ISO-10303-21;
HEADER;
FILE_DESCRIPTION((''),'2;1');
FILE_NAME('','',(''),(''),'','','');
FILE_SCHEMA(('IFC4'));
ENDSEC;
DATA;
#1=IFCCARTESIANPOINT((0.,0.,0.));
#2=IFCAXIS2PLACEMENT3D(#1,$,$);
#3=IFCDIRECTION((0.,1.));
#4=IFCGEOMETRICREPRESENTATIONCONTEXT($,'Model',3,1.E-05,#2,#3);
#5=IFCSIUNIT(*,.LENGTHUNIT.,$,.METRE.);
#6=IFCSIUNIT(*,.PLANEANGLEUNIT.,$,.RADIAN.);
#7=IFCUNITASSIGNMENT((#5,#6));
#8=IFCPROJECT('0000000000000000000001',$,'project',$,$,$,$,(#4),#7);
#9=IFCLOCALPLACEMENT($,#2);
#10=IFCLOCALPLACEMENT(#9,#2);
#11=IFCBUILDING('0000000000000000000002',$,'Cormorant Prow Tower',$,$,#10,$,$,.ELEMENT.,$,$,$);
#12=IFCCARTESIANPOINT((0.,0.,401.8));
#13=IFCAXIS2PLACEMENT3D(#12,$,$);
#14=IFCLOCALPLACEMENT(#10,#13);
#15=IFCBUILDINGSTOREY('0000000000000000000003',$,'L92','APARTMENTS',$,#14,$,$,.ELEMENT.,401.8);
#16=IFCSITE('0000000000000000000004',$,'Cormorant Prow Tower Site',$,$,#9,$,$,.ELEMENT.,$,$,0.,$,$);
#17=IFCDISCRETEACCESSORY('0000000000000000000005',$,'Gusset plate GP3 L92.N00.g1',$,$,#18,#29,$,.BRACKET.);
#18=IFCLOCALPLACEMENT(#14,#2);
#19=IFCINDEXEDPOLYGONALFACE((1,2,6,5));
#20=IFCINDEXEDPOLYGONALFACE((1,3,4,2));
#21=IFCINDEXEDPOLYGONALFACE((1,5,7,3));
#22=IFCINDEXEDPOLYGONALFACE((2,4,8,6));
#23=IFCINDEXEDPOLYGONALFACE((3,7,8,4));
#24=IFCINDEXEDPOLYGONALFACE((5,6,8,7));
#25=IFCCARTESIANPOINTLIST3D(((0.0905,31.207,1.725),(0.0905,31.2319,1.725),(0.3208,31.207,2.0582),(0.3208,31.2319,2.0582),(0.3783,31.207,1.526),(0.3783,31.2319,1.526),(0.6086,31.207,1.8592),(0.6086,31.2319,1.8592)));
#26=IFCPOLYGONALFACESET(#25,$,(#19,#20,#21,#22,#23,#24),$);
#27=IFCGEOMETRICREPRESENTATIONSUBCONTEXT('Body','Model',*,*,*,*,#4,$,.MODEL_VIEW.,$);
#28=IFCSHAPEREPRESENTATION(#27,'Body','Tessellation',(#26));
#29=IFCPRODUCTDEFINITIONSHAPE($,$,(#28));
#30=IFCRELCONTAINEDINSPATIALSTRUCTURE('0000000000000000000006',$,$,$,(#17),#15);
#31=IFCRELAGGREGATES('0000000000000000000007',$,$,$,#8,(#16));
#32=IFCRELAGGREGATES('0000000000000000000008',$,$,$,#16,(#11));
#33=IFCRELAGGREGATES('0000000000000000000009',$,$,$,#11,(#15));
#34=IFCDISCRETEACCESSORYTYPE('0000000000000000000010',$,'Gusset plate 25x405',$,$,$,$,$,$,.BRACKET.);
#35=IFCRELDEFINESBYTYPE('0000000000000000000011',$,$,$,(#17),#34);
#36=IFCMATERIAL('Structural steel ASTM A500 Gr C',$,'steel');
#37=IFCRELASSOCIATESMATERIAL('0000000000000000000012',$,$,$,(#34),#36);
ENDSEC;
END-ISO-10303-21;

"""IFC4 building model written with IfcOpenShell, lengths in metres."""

from ifc_helpers import new_model, si_unit, direction, frame, origin, origin_2d, place, context, subcontext, project, spatial, rectangle, extrude, material, material_profile, profile_set, type_object, element, save


model = new_model("IFC4")

# Units and contexts
model_context = context("Model", 3, precision=1e-05, world=origin(), true_north=direction((0.0, 1.0)))
body_context = subcontext(model_context, "Body", "Model", "MODEL_VIEW")
ifc_project = project(units=[si_unit("LENGTHUNIT", "METRE"), si_unit("PLANEANGLEUNIT", "RADIAN")], contexts=[model_context])

# Site, building, storey
site_placement = place(None, origin())
site = spatial("IfcSite", under=ifc_project, at=site_placement, Name="Cormorant Prow Tower Site", CompositionType="ELEMENT", RefElevation=0.0)
building_placement = place(site_placement, origin())
building = spatial("IfcBuilding", under=site, at=building_placement, Name="Cormorant Prow Tower", CompositionType="ELEMENT")
storey_placement = place(building_placement, frame((0.0, 0.0, 401.8)))
storey = spatial("IfcBuildingStorey", under=building, at=storey_placement, Name="L92", Description="APARTMENTS", CompositionType="ELEMENT", Elevation=401.8)

# Discrete accessory
ifc_material_1 = material(Name="Structural steel ASTM A500 Gr C", Category="steel")
ifc_material_profile_1 = material_profile(ifc_material_1, rectangle(XDim=0.0249, YDim=0.405, at=origin_2d()), Name="Gusset plate 25x405")
ifc_profile_set_1 = profile_set([ifc_material_profile_1], Name="Structural steel ASTM A500 Gr C")
discrete_accessory_type = type_object("IfcDiscreteAccessoryType", Name="Gusset plate 25x405", PredefinedType="BRACKET", material=ifc_profile_set_1)
for number, where, z_axis, x_axis, name in (
    (1, (0.4934, 31.2195, 1.6926), (-0.822594, 0.0, 0.568629), (0.0, -1.0, 0.0), "Gusset plate GP3 L92.N00.g1"),
):
    element("IfcDiscreteAccessory", number, at=place(storey_placement, frame(where, z_axis=z_axis, x_axis=x_axis)), inside=storey, type_object=discrete_accessory_type, Name=name, PredefinedType="BRACKET", context=body_context, shape_type="SweptSolid", body=[
        extrude(rectangle(XDim=0.0249, YDim=0.405, at=origin_2d()), origin(), (0.0, 0.0, 1.0), 0.3499),
    ])

save(model, "model.ifc")
